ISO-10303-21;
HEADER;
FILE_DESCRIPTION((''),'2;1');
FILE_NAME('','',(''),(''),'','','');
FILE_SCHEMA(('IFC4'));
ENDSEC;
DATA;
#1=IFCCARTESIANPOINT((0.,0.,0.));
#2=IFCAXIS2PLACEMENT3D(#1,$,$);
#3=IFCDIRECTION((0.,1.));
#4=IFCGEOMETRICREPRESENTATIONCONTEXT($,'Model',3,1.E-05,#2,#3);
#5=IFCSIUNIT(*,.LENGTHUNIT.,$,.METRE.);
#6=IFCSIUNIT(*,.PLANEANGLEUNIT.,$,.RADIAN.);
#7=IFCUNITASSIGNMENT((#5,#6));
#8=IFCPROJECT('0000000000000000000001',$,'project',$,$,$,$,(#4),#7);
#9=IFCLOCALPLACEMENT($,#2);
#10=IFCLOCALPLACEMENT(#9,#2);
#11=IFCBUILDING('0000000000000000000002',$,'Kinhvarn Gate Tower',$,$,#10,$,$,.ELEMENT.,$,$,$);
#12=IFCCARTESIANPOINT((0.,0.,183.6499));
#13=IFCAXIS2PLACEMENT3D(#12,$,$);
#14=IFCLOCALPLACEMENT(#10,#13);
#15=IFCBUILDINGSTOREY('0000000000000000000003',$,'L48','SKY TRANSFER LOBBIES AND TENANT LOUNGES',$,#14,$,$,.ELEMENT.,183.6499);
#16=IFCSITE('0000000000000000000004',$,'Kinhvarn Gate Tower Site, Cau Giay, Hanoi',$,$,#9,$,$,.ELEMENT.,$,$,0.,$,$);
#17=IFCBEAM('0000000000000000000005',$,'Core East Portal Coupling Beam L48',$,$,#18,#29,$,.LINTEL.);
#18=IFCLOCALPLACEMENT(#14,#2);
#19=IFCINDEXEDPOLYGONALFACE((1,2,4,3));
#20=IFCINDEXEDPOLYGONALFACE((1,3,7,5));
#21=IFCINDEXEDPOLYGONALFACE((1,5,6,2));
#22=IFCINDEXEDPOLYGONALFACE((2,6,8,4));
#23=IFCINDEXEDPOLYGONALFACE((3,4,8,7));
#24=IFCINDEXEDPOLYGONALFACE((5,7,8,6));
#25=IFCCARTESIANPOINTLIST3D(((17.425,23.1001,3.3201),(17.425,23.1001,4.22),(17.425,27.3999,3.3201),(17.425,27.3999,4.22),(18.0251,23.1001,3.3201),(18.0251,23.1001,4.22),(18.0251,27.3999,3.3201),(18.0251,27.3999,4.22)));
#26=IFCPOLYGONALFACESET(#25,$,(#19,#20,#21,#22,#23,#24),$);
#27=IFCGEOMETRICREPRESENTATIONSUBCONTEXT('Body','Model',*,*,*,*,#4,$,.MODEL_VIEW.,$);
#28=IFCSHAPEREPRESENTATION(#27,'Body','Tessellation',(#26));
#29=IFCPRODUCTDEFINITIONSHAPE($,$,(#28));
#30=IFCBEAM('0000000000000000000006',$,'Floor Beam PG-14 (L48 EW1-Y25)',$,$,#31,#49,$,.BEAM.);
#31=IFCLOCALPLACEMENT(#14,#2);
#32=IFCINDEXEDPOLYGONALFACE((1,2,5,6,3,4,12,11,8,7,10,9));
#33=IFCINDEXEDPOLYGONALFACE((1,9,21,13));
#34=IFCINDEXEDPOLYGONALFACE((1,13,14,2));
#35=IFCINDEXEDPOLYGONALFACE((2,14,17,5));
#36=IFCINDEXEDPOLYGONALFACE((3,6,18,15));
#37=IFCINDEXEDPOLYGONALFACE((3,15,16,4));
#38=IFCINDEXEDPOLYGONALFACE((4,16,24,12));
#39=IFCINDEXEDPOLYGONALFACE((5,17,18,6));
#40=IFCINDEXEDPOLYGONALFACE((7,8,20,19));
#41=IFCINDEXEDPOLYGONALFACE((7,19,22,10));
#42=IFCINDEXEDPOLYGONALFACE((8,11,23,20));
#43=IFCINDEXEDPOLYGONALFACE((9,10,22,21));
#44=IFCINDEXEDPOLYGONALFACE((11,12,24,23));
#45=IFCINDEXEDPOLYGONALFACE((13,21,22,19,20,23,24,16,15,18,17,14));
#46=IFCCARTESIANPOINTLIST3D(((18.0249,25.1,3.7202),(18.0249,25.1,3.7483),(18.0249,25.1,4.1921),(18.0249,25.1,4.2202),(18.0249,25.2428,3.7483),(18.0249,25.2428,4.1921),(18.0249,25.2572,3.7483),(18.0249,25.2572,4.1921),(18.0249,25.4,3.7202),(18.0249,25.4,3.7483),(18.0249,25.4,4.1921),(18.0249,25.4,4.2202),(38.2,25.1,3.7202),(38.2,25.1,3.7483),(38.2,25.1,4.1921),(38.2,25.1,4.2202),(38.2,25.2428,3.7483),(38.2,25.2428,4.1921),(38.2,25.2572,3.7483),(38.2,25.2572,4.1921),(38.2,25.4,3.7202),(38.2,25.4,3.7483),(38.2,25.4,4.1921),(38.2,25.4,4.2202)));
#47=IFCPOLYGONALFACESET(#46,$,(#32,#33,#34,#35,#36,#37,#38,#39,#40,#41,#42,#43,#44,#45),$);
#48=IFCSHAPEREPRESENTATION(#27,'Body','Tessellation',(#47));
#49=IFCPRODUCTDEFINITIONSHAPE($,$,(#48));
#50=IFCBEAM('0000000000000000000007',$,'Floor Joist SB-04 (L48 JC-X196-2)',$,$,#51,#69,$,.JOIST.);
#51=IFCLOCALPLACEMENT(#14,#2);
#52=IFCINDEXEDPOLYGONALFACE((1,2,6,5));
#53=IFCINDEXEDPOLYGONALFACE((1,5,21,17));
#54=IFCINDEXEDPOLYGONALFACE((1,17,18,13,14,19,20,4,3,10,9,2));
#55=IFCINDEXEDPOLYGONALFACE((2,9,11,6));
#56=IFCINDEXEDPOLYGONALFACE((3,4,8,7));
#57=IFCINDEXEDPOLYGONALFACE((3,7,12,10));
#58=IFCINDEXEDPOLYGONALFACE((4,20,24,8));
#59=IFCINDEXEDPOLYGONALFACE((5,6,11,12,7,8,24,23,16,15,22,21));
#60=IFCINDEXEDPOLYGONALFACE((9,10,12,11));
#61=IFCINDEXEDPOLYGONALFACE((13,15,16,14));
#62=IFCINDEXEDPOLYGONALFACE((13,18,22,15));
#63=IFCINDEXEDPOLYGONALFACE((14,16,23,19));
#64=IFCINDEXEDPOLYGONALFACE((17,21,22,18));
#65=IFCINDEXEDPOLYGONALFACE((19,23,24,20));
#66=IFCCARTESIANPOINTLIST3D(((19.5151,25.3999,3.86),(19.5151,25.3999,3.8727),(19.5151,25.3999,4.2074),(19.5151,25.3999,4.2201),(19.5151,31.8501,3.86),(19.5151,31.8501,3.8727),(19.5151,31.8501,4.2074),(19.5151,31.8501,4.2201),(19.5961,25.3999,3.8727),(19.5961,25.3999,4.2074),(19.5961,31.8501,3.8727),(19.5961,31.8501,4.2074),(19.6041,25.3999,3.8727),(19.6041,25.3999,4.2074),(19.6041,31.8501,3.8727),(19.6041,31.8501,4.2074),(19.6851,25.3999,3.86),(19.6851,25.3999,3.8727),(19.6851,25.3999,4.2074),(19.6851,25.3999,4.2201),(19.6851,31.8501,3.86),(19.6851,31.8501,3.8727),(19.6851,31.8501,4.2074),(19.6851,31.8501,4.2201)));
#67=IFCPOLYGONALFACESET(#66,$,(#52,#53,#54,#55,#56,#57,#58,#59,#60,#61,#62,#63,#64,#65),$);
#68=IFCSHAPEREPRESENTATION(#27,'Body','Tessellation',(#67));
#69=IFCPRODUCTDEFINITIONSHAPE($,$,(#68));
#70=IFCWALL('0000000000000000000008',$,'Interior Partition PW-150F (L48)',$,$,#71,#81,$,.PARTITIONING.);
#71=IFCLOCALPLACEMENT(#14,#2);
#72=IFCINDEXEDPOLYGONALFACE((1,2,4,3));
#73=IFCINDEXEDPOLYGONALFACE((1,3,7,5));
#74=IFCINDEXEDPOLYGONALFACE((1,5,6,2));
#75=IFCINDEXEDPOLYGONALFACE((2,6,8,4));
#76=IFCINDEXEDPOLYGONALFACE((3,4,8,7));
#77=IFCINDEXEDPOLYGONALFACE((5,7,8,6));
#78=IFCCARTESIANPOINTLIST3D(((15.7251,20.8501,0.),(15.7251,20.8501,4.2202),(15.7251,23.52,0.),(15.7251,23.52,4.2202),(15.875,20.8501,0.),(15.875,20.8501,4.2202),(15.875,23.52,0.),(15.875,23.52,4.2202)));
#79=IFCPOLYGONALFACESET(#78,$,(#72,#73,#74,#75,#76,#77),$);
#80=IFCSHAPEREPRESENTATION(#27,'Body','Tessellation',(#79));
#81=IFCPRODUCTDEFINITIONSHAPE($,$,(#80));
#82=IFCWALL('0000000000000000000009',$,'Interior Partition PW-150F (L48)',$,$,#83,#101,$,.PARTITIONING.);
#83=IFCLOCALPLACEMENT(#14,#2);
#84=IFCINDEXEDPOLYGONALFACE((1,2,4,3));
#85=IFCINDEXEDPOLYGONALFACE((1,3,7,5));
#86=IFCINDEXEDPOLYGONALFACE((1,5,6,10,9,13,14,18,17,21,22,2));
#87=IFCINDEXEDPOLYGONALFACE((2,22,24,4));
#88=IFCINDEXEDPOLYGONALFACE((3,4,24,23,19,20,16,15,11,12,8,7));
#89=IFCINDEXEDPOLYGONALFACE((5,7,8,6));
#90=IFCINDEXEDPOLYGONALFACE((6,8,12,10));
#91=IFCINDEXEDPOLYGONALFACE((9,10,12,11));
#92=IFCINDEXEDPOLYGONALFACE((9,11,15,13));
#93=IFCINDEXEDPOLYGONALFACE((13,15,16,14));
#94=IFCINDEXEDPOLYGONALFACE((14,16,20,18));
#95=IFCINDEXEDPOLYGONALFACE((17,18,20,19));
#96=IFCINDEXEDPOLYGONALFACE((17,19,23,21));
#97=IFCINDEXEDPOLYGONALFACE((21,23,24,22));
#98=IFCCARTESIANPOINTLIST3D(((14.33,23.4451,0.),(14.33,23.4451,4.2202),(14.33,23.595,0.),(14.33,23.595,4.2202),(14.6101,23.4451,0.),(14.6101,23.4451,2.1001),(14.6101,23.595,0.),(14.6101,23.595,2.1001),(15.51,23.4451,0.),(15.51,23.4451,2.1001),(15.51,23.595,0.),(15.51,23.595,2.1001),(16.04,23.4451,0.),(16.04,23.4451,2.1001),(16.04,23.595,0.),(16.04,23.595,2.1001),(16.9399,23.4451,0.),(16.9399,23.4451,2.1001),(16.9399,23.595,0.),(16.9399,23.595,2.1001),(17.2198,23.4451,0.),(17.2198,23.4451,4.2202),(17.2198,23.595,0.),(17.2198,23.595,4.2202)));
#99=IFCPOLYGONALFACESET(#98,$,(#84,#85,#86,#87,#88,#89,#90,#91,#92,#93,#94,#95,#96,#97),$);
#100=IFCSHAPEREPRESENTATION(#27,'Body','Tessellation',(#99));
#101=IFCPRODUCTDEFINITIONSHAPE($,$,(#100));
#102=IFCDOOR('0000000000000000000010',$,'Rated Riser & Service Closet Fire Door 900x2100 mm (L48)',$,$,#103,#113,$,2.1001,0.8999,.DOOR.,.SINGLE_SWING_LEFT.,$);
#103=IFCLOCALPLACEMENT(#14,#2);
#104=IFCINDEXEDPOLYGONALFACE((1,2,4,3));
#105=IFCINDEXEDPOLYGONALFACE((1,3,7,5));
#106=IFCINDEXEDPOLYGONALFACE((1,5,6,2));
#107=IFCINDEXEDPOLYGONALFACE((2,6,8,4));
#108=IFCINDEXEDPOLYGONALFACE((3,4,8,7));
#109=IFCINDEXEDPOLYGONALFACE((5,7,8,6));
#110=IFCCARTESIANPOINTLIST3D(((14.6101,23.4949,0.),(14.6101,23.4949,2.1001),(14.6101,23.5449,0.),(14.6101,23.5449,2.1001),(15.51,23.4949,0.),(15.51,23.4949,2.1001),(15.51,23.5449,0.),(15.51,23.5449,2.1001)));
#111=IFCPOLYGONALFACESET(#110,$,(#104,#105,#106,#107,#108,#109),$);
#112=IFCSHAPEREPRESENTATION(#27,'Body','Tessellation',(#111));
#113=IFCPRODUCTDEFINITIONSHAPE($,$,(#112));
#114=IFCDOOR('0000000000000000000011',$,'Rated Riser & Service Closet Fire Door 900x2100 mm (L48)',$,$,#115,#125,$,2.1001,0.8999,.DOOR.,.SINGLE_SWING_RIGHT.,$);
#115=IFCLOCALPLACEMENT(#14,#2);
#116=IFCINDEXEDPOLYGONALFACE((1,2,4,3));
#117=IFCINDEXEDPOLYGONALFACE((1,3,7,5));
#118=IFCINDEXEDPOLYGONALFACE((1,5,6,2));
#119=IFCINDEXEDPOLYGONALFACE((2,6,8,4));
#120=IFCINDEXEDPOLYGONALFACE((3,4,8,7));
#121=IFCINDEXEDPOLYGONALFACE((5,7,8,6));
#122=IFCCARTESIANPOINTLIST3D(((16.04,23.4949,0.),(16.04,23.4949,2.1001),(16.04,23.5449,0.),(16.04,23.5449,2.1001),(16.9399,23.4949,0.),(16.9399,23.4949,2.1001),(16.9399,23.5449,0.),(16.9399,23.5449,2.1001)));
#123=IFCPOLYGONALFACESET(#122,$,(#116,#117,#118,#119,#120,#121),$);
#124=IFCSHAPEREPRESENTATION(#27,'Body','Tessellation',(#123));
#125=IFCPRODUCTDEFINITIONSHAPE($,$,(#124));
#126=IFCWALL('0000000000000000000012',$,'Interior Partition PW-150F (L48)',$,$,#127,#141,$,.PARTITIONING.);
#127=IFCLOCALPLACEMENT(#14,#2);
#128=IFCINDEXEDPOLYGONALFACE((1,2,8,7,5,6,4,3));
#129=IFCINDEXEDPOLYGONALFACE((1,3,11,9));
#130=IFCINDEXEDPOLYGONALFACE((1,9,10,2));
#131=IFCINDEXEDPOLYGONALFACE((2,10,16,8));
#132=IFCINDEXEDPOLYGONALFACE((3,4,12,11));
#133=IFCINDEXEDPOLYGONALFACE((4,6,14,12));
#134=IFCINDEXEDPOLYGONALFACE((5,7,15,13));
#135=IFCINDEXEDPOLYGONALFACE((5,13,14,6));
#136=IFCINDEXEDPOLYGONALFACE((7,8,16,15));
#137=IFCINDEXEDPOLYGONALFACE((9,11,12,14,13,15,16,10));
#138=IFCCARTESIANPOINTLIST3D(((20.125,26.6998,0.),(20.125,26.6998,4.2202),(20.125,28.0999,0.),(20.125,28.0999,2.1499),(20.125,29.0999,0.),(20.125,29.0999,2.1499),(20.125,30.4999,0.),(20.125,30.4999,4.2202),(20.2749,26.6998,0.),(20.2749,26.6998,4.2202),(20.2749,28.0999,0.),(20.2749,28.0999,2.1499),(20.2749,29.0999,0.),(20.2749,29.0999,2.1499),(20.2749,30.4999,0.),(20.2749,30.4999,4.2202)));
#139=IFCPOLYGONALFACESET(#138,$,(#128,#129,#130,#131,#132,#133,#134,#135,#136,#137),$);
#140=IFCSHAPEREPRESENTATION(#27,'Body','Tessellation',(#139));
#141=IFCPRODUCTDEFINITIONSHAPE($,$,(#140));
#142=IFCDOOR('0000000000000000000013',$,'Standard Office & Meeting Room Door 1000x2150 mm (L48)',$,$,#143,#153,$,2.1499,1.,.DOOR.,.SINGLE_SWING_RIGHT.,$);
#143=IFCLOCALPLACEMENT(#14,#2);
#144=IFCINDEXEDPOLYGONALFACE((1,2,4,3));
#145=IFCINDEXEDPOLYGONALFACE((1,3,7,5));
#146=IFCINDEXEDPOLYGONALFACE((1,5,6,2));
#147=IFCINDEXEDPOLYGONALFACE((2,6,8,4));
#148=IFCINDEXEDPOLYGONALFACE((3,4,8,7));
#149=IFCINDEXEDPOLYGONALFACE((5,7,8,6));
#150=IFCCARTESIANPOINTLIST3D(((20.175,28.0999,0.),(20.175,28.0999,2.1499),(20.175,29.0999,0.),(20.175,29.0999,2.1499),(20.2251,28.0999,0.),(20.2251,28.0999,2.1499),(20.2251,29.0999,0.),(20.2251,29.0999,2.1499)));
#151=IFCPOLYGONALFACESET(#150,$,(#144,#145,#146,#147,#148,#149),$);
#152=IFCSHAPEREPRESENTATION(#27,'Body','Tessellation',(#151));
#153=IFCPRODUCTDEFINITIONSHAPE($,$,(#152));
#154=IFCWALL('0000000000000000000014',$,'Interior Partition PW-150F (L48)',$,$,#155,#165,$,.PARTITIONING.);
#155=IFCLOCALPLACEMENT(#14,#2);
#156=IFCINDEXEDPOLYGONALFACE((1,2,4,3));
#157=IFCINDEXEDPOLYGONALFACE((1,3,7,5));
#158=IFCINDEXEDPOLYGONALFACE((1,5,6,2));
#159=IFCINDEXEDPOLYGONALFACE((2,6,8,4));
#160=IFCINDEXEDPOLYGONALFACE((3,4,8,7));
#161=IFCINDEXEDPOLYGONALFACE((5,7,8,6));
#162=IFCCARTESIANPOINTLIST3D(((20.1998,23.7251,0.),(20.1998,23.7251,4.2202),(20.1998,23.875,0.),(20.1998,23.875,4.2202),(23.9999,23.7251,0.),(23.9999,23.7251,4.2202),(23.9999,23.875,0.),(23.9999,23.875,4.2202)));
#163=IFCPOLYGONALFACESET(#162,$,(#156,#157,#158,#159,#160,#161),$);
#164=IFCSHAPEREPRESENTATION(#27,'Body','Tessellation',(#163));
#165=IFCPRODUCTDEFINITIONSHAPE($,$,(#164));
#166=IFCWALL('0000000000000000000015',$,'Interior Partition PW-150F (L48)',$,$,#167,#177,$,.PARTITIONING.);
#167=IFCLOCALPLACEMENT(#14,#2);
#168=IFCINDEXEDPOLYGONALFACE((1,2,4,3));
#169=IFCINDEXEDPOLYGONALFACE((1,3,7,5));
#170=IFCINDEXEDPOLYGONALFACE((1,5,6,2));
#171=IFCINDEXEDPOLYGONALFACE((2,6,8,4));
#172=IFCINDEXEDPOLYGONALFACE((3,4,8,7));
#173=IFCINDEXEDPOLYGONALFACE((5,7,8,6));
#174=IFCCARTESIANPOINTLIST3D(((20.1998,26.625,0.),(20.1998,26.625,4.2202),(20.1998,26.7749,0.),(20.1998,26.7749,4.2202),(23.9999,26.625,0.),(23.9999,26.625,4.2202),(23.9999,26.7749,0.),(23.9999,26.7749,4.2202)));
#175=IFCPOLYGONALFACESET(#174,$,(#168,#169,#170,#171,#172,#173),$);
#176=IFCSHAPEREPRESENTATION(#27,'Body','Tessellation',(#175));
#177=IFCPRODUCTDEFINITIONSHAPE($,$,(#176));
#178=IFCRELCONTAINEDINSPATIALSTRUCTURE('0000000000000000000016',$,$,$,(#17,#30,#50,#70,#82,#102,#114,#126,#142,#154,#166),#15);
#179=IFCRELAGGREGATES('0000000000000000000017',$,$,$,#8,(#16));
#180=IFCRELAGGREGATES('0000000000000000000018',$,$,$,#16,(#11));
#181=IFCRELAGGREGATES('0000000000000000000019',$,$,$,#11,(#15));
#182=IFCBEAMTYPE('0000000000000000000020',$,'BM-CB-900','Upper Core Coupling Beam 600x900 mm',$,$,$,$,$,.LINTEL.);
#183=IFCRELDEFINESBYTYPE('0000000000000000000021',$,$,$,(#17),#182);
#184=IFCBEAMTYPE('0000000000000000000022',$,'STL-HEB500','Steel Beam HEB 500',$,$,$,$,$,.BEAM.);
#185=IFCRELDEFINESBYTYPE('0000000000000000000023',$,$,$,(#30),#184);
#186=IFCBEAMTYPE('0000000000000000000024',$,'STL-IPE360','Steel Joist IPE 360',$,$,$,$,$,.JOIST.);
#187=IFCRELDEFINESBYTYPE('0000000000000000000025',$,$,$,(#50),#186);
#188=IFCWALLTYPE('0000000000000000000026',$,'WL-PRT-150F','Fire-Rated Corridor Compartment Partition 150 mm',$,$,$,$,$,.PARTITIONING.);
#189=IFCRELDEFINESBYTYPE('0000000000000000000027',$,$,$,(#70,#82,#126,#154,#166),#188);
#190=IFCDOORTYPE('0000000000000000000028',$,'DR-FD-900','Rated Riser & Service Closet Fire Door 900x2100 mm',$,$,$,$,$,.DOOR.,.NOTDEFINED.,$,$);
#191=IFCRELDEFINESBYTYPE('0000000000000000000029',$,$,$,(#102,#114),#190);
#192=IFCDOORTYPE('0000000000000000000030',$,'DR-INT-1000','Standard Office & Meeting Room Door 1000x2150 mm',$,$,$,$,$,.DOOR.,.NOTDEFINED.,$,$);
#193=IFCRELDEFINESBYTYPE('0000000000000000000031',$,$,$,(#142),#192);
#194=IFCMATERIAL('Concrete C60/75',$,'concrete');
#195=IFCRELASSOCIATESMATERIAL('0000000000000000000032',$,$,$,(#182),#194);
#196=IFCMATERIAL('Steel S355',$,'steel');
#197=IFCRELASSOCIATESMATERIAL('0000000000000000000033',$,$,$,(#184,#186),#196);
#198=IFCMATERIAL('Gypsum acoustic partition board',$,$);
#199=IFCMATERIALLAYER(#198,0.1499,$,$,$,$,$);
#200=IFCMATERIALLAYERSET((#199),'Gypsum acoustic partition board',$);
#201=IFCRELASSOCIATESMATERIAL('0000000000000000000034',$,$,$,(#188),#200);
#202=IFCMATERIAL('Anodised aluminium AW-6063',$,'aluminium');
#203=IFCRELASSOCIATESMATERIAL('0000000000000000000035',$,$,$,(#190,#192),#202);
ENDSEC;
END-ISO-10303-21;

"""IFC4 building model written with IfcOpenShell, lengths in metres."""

from ifc_helpers import new_model, si_unit, direction, frame, frame_2d, origin, origin_2d, place, context, subcontext, project, spatial, rectangle, i_section, extrude, material, layer, layer_set, material_profile, profile_set, type_object, element, fill, save


model = new_model("IFC4")

# Units and contexts
model_context = context("Model", 3, precision=1e-05, world=origin(), true_north=direction((0.0, 1.0)))
body_context = subcontext(model_context, "Body", "Model", "MODEL_VIEW")
ifc_project = project(units=[si_unit("LENGTHUNIT", "METRE"), si_unit("PLANEANGLEUNIT", "RADIAN")], contexts=[model_context])

# Site, building, storey
site_placement = place(None, origin())
site = spatial("IfcSite", under=ifc_project, at=site_placement, Name="Kinhvarn Gate Tower Site, Cau Giay, Hanoi", CompositionType="ELEMENT", RefElevation=0.0)
building_placement = place(site_placement, origin())
building = spatial("IfcBuilding", under=site, at=building_placement, Name="Kinhvarn Gate Tower", CompositionType="ELEMENT")
storey_placement = place(building_placement, frame((0.0, 0.0, 183.6499)))
storey = spatial("IfcBuildingStorey", under=building, at=storey_placement, Name="L48", Description="SKY TRANSFER LOBBIES AND TENANT LOUNGES", CompositionType="ELEMENT", Elevation=183.6499)

# Beams
ifc_material_1 = material(Name="Concrete C60/75", Category="concrete")
ifc_material_profile_1 = material_profile(ifc_material_1, rectangle(XDim=0.6001, YDim=0.8999, at=origin_2d()), Name="RC 600x900")
ifc_profile_set_1 = profile_set([ifc_material_profile_1], Name="Concrete C60/75")
beam_type_1 = type_object("IfcBeamType", Name="BM-CB-900", Description="Upper Core Coupling Beam 600x900 mm", PredefinedType="LINTEL", material=ifc_profile_set_1)
beam_1_placement = place(storey_placement, frame((17.7251, 23.1001, 3.77), z_axis=(0.0, 1.0, 0.0), x_axis=(-1.0, 0.0, 0.0)))
element("IfcBeam", 1, at=beam_1_placement, inside=storey, type_object=beam_type_1, Name="Core East Portal Coupling Beam L48", PredefinedType="LINTEL", context=body_context, shape_type="SweptSolid", body=[
    extrude(rectangle(XDim=0.6001, YDim=0.8999, at=origin_2d()), origin(), (0.0, 0.0, 1.0), 4.2998),
])
ifc_material_2 = material(Name="Steel S355", Category="steel")
ifc_material_profile_2 = material_profile(ifc_material_2, i_section(OverallWidth=0.3, OverallDepth=0.5, WebThickness=0.0144, FlangeThickness=0.0281, at=origin_2d()), Name="HEB 500")
ifc_profile_set_2 = profile_set([ifc_material_profile_2], Name="Steel S355")
beam_type_2 = type_object("IfcBeamType", Name="STL-HEB500", Description="Steel Beam HEB 500", PredefinedType="BEAM", material=ifc_profile_set_2)
beam_2_placement = place(storey_placement, frame((18.0249, 25.25, 3.9702), z_axis=(1.0, 0.0, 0.0), x_axis=(0.0, 1.0, 0.0)))
element("IfcBeam", 2, at=beam_2_placement, inside=storey, type_object=beam_type_2, Name="Floor Beam PG-14 (L48 EW1-Y25)", PredefinedType="BEAM", context=body_context, shape_type="SweptSolid", body=[
    extrude(i_section(OverallWidth=0.3, OverallDepth=0.5, WebThickness=0.0144, FlangeThickness=0.0281, at=origin_2d()), origin(), (0.0, 0.0, 1.0), 20.175),
])
ifc_material_profile_3 = material_profile(ifc_material_2, i_section(OverallWidth=0.1699, OverallDepth=0.3601, WebThickness=0.0081, FlangeThickness=0.0127, at=origin_2d()), Name="IPE 360")
ifc_profile_set_3 = profile_set([ifc_material_profile_3], Name="Steel S355")
beam_type_3 = type_object("IfcBeamType", Name="STL-IPE360", Description="Steel Joist IPE 360", PredefinedType="JOIST", material=ifc_profile_set_3)
beam_3_placement = place(storey_placement, frame((19.6001, 25.3999, 4.04), z_axis=(0.0, 1.0, 0.0), x_axis=(-1.0, 0.0, 0.0)))
element("IfcBeam", 3, at=beam_3_placement, inside=storey, type_object=beam_type_3, Name="Floor Joist SB-04 (L48 JC-X196-2)", PredefinedType="JOIST", context=body_context, shape_type="SweptSolid", body=[
    extrude(i_section(OverallWidth=0.1699, OverallDepth=0.3601, WebThickness=0.0081, FlangeThickness=0.0127, at=origin_2d()), origin(), (0.0, 0.0, 1.0), 6.4502),
])

# Wall
ifc_material_3 = material(Name="Gypsum acoustic partition board")
ifc_layer_1 = layer(ifc_material_3, 0.1499)
ifc_layer_set_1 = layer_set([ifc_layer_1], Name="Gypsum acoustic partition board")
wall_type_1 = type_object("IfcWallType", Name="WL-PRT-150F", Description="Fire-Rated Corridor Compartment Partition 150 mm", PredefinedType="PARTITIONING", material=ifc_layer_set_1)
wall_1_placement = place(storey_placement, frame((15.8, 20.8501, 0.0), z_axis=(0.0, 0.0, 1.0), x_axis=(0.0, 1.0, 0.0)))
element("IfcWall", 4, at=wall_1_placement, inside=storey, type_object=wall_type_1, Name="Interior Partition PW-150F (L48)", PredefinedType="PARTITIONING", context=body_context, shape_type="SweptSolid", body=[
    extrude(rectangle(XDim=2.6699, YDim=0.1499, at=frame_2d((1.335, 0.0))), origin(), (0.0, 0.0, 1.0), 4.2202),
])

# Wall, openings, doors
wall_2_placement = place(storey_placement, frame((14.3301, 23.52, 0.0), z_axis=(0.0, 0.0, 1.0), x_axis=(1.0, 0.0, 0.0)))
wall_2 = element("IfcWall", 5, at=wall_2_placement, inside=storey, type_object=wall_type_1, Name="Interior Partition PW-150F (L48)", PredefinedType="PARTITIONING", context=body_context, shape_type="SweptSolid", body=[
    extrude(rectangle(XDim=2.8899, YDim=0.1499, at=frame_2d((1.4448, 0.0))), origin(), (0.0, 0.0, 1.0), 4.2202),
])
opening_1_placement = place(wall_2_placement, frame((0.28, 0.0, 0.0)))
opening_1 = element("IfcOpeningElement", 6, at=opening_1_placement, cuts=wall_2, PredefinedType="OPENING", context=body_context, shape_type="SweptSolid", body=[
    extrude(rectangle(XDim=0.8999, YDim=2.1001, at=frame_2d((0.45, 1.05))), frame((0.0, 0.085, 0.0), z_axis=(0.0, -1.0, 0.0), x_axis=(1.0, 0.0, 0.0)), (0.0, 0.0, 1.0), 0.1699),
])
opening_2_placement = place(wall_2_placement, frame((1.71, 0.0, 0.0)))
opening_2 = element("IfcOpeningElement", 7, at=opening_2_placement, cuts=wall_2, PredefinedType="OPENING", context=body_context, shape_type="SweptSolid", body=[
    extrude(rectangle(XDim=0.8999, YDim=2.1001, at=frame_2d((0.45, 1.05))), frame((0.0, 0.085, 0.0), z_axis=(0.0, -1.0, 0.0), x_axis=(1.0, 0.0, 0.0)), (0.0, 0.0, 1.0), 0.1699),
])
ifc_material_4 = material(Name="Anodised aluminium AW-6063", Category="aluminium")
door_type_1 = type_object("IfcDoorType", Name="DR-FD-900", Description="Rated Riser & Service Closet Fire Door 900x2100 mm", OperationType="NOTDEFINED", PredefinedType="DOOR", material=ifc_material_4)
door_1_placement = place(opening_1_placement, origin())
door_1 = element("IfcDoor", 8, at=door_1_placement, inside=storey, type_object=door_type_1, Name="Rated Riser & Service Closet Fire Door 900x2100 mm (L48)", OperationType="SINGLE_SWING_LEFT", OverallHeight=2.1001, OverallWidth=0.8999, PredefinedType="DOOR", context=body_context, shape_type="SweptSolid", body=[
    extrude(rectangle(XDim=0.8999, YDim=2.1001, at=frame_2d((0.45, 1.05))), frame((0.0, 0.0249, 0.0), z_axis=(0.0, -1.0, 0.0), x_axis=(1.0, 0.0, 0.0)), (0.0, 0.0, 1.0), 0.05),
])
fill(opening_1, door_1)
door_2_placement = place(opening_2_placement, origin())
door_2 = element("IfcDoor", 9, at=door_2_placement, inside=storey, type_object=door_type_1, Name="Rated Riser & Service Closet Fire Door 900x2100 mm (L48)", OperationType="SINGLE_SWING_RIGHT", OverallHeight=2.1001, OverallWidth=0.8999, PredefinedType="DOOR", context=body_context, shape_type="SweptSolid", body=[
    extrude(rectangle(XDim=0.8999, YDim=2.1001, at=frame_2d((0.45, 1.05))), frame((0.0, 0.0249, 0.0), z_axis=(0.0, -1.0, 0.0), x_axis=(1.0, 0.0, 0.0)), (0.0, 0.0, 1.0), 0.05),
])
fill(opening_2, door_2)

# Wall, opening, door
wall_3_placement = place(storey_placement, frame((20.2, 26.7, 0.0), z_axis=(0.0, 0.0, 1.0), x_axis=(0.0, 1.0, 0.0)))
wall_3 = element("IfcWall", 10, at=wall_3_placement, inside=storey, type_object=wall_type_1, Name="Interior Partition PW-150F (L48)", PredefinedType="PARTITIONING", context=body_context, shape_type="SweptSolid", body=[
    extrude(rectangle(XDim=3.8, YDim=0.1499, at=frame_2d((1.8999, 0.0))), origin(), (0.0, 0.0, 1.0), 4.2202),
])
opening_3_placement = place(wall_3_placement, frame((1.3999, 0.0, 0.0)))
opening_3 = element("IfcOpeningElement", 11, at=opening_3_placement, cuts=wall_3, PredefinedType="OPENING", context=body_context, shape_type="SweptSolid", body=[
    extrude(rectangle(XDim=1.0, YDim=2.1499, at=frame_2d((0.5, 1.075))), frame((0.0, 0.085, 0.0), z_axis=(0.0, -1.0, 0.0), x_axis=(1.0, 0.0, 0.0)), (0.0, 0.0, 1.0), 0.1699),
])
door_type_2 = type_object("IfcDoorType", Name="DR-INT-1000", Description="Standard Office & Meeting Room Door 1000x2150 mm", OperationType="NOTDEFINED", PredefinedType="DOOR", material=ifc_material_4)
door_3_placement = place(opening_3_placement, origin())
door_3 = element("IfcDoor", 12, at=door_3_placement, inside=storey, type_object=door_type_2, Name="Standard Office & Meeting Room Door 1000x2150 mm (L48)", OperationType="SINGLE_SWING_RIGHT", OverallHeight=2.1499, OverallWidth=1.0, PredefinedType="DOOR", context=body_context, shape_type="SweptSolid", body=[
    extrude(rectangle(XDim=1.0, YDim=2.1499, at=frame_2d((0.5, 1.075))), frame((0.0, 0.0249, 0.0), z_axis=(0.0, -1.0, 0.0), x_axis=(1.0, 0.0, 0.0)), (0.0, 0.0, 1.0), 0.05),
])
fill(opening_3, door_3)

# Walls
for number, where, z_axis, x_axis, name in (
    (13, (20.2, 23.8, 0.0), (0.0, 0.0, 1.0), (1.0, 0.0, 0.0), "Interior Partition PW-150F (L48)"),
    (14, (20.2, 26.7, 0.0), (0.0, 0.0, 1.0), (1.0, 0.0, 0.0), "Interior Partition PW-150F (L48)"),
):
    element("IfcWall", number, at=place(storey_placement, frame(where, z_axis=z_axis, x_axis=x_axis)), inside=storey, type_object=wall_type_1, Name=name, PredefinedType="PARTITIONING", context=body_context, shape_type="SweptSolid", body=[
        extrude(rectangle(XDim=3.8, YDim=0.1499, at=frame_2d((1.8999, 0.0))), origin(), (0.0, 0.0, 1.0), 4.2202),
    ])

save(model, "model.ifc")
